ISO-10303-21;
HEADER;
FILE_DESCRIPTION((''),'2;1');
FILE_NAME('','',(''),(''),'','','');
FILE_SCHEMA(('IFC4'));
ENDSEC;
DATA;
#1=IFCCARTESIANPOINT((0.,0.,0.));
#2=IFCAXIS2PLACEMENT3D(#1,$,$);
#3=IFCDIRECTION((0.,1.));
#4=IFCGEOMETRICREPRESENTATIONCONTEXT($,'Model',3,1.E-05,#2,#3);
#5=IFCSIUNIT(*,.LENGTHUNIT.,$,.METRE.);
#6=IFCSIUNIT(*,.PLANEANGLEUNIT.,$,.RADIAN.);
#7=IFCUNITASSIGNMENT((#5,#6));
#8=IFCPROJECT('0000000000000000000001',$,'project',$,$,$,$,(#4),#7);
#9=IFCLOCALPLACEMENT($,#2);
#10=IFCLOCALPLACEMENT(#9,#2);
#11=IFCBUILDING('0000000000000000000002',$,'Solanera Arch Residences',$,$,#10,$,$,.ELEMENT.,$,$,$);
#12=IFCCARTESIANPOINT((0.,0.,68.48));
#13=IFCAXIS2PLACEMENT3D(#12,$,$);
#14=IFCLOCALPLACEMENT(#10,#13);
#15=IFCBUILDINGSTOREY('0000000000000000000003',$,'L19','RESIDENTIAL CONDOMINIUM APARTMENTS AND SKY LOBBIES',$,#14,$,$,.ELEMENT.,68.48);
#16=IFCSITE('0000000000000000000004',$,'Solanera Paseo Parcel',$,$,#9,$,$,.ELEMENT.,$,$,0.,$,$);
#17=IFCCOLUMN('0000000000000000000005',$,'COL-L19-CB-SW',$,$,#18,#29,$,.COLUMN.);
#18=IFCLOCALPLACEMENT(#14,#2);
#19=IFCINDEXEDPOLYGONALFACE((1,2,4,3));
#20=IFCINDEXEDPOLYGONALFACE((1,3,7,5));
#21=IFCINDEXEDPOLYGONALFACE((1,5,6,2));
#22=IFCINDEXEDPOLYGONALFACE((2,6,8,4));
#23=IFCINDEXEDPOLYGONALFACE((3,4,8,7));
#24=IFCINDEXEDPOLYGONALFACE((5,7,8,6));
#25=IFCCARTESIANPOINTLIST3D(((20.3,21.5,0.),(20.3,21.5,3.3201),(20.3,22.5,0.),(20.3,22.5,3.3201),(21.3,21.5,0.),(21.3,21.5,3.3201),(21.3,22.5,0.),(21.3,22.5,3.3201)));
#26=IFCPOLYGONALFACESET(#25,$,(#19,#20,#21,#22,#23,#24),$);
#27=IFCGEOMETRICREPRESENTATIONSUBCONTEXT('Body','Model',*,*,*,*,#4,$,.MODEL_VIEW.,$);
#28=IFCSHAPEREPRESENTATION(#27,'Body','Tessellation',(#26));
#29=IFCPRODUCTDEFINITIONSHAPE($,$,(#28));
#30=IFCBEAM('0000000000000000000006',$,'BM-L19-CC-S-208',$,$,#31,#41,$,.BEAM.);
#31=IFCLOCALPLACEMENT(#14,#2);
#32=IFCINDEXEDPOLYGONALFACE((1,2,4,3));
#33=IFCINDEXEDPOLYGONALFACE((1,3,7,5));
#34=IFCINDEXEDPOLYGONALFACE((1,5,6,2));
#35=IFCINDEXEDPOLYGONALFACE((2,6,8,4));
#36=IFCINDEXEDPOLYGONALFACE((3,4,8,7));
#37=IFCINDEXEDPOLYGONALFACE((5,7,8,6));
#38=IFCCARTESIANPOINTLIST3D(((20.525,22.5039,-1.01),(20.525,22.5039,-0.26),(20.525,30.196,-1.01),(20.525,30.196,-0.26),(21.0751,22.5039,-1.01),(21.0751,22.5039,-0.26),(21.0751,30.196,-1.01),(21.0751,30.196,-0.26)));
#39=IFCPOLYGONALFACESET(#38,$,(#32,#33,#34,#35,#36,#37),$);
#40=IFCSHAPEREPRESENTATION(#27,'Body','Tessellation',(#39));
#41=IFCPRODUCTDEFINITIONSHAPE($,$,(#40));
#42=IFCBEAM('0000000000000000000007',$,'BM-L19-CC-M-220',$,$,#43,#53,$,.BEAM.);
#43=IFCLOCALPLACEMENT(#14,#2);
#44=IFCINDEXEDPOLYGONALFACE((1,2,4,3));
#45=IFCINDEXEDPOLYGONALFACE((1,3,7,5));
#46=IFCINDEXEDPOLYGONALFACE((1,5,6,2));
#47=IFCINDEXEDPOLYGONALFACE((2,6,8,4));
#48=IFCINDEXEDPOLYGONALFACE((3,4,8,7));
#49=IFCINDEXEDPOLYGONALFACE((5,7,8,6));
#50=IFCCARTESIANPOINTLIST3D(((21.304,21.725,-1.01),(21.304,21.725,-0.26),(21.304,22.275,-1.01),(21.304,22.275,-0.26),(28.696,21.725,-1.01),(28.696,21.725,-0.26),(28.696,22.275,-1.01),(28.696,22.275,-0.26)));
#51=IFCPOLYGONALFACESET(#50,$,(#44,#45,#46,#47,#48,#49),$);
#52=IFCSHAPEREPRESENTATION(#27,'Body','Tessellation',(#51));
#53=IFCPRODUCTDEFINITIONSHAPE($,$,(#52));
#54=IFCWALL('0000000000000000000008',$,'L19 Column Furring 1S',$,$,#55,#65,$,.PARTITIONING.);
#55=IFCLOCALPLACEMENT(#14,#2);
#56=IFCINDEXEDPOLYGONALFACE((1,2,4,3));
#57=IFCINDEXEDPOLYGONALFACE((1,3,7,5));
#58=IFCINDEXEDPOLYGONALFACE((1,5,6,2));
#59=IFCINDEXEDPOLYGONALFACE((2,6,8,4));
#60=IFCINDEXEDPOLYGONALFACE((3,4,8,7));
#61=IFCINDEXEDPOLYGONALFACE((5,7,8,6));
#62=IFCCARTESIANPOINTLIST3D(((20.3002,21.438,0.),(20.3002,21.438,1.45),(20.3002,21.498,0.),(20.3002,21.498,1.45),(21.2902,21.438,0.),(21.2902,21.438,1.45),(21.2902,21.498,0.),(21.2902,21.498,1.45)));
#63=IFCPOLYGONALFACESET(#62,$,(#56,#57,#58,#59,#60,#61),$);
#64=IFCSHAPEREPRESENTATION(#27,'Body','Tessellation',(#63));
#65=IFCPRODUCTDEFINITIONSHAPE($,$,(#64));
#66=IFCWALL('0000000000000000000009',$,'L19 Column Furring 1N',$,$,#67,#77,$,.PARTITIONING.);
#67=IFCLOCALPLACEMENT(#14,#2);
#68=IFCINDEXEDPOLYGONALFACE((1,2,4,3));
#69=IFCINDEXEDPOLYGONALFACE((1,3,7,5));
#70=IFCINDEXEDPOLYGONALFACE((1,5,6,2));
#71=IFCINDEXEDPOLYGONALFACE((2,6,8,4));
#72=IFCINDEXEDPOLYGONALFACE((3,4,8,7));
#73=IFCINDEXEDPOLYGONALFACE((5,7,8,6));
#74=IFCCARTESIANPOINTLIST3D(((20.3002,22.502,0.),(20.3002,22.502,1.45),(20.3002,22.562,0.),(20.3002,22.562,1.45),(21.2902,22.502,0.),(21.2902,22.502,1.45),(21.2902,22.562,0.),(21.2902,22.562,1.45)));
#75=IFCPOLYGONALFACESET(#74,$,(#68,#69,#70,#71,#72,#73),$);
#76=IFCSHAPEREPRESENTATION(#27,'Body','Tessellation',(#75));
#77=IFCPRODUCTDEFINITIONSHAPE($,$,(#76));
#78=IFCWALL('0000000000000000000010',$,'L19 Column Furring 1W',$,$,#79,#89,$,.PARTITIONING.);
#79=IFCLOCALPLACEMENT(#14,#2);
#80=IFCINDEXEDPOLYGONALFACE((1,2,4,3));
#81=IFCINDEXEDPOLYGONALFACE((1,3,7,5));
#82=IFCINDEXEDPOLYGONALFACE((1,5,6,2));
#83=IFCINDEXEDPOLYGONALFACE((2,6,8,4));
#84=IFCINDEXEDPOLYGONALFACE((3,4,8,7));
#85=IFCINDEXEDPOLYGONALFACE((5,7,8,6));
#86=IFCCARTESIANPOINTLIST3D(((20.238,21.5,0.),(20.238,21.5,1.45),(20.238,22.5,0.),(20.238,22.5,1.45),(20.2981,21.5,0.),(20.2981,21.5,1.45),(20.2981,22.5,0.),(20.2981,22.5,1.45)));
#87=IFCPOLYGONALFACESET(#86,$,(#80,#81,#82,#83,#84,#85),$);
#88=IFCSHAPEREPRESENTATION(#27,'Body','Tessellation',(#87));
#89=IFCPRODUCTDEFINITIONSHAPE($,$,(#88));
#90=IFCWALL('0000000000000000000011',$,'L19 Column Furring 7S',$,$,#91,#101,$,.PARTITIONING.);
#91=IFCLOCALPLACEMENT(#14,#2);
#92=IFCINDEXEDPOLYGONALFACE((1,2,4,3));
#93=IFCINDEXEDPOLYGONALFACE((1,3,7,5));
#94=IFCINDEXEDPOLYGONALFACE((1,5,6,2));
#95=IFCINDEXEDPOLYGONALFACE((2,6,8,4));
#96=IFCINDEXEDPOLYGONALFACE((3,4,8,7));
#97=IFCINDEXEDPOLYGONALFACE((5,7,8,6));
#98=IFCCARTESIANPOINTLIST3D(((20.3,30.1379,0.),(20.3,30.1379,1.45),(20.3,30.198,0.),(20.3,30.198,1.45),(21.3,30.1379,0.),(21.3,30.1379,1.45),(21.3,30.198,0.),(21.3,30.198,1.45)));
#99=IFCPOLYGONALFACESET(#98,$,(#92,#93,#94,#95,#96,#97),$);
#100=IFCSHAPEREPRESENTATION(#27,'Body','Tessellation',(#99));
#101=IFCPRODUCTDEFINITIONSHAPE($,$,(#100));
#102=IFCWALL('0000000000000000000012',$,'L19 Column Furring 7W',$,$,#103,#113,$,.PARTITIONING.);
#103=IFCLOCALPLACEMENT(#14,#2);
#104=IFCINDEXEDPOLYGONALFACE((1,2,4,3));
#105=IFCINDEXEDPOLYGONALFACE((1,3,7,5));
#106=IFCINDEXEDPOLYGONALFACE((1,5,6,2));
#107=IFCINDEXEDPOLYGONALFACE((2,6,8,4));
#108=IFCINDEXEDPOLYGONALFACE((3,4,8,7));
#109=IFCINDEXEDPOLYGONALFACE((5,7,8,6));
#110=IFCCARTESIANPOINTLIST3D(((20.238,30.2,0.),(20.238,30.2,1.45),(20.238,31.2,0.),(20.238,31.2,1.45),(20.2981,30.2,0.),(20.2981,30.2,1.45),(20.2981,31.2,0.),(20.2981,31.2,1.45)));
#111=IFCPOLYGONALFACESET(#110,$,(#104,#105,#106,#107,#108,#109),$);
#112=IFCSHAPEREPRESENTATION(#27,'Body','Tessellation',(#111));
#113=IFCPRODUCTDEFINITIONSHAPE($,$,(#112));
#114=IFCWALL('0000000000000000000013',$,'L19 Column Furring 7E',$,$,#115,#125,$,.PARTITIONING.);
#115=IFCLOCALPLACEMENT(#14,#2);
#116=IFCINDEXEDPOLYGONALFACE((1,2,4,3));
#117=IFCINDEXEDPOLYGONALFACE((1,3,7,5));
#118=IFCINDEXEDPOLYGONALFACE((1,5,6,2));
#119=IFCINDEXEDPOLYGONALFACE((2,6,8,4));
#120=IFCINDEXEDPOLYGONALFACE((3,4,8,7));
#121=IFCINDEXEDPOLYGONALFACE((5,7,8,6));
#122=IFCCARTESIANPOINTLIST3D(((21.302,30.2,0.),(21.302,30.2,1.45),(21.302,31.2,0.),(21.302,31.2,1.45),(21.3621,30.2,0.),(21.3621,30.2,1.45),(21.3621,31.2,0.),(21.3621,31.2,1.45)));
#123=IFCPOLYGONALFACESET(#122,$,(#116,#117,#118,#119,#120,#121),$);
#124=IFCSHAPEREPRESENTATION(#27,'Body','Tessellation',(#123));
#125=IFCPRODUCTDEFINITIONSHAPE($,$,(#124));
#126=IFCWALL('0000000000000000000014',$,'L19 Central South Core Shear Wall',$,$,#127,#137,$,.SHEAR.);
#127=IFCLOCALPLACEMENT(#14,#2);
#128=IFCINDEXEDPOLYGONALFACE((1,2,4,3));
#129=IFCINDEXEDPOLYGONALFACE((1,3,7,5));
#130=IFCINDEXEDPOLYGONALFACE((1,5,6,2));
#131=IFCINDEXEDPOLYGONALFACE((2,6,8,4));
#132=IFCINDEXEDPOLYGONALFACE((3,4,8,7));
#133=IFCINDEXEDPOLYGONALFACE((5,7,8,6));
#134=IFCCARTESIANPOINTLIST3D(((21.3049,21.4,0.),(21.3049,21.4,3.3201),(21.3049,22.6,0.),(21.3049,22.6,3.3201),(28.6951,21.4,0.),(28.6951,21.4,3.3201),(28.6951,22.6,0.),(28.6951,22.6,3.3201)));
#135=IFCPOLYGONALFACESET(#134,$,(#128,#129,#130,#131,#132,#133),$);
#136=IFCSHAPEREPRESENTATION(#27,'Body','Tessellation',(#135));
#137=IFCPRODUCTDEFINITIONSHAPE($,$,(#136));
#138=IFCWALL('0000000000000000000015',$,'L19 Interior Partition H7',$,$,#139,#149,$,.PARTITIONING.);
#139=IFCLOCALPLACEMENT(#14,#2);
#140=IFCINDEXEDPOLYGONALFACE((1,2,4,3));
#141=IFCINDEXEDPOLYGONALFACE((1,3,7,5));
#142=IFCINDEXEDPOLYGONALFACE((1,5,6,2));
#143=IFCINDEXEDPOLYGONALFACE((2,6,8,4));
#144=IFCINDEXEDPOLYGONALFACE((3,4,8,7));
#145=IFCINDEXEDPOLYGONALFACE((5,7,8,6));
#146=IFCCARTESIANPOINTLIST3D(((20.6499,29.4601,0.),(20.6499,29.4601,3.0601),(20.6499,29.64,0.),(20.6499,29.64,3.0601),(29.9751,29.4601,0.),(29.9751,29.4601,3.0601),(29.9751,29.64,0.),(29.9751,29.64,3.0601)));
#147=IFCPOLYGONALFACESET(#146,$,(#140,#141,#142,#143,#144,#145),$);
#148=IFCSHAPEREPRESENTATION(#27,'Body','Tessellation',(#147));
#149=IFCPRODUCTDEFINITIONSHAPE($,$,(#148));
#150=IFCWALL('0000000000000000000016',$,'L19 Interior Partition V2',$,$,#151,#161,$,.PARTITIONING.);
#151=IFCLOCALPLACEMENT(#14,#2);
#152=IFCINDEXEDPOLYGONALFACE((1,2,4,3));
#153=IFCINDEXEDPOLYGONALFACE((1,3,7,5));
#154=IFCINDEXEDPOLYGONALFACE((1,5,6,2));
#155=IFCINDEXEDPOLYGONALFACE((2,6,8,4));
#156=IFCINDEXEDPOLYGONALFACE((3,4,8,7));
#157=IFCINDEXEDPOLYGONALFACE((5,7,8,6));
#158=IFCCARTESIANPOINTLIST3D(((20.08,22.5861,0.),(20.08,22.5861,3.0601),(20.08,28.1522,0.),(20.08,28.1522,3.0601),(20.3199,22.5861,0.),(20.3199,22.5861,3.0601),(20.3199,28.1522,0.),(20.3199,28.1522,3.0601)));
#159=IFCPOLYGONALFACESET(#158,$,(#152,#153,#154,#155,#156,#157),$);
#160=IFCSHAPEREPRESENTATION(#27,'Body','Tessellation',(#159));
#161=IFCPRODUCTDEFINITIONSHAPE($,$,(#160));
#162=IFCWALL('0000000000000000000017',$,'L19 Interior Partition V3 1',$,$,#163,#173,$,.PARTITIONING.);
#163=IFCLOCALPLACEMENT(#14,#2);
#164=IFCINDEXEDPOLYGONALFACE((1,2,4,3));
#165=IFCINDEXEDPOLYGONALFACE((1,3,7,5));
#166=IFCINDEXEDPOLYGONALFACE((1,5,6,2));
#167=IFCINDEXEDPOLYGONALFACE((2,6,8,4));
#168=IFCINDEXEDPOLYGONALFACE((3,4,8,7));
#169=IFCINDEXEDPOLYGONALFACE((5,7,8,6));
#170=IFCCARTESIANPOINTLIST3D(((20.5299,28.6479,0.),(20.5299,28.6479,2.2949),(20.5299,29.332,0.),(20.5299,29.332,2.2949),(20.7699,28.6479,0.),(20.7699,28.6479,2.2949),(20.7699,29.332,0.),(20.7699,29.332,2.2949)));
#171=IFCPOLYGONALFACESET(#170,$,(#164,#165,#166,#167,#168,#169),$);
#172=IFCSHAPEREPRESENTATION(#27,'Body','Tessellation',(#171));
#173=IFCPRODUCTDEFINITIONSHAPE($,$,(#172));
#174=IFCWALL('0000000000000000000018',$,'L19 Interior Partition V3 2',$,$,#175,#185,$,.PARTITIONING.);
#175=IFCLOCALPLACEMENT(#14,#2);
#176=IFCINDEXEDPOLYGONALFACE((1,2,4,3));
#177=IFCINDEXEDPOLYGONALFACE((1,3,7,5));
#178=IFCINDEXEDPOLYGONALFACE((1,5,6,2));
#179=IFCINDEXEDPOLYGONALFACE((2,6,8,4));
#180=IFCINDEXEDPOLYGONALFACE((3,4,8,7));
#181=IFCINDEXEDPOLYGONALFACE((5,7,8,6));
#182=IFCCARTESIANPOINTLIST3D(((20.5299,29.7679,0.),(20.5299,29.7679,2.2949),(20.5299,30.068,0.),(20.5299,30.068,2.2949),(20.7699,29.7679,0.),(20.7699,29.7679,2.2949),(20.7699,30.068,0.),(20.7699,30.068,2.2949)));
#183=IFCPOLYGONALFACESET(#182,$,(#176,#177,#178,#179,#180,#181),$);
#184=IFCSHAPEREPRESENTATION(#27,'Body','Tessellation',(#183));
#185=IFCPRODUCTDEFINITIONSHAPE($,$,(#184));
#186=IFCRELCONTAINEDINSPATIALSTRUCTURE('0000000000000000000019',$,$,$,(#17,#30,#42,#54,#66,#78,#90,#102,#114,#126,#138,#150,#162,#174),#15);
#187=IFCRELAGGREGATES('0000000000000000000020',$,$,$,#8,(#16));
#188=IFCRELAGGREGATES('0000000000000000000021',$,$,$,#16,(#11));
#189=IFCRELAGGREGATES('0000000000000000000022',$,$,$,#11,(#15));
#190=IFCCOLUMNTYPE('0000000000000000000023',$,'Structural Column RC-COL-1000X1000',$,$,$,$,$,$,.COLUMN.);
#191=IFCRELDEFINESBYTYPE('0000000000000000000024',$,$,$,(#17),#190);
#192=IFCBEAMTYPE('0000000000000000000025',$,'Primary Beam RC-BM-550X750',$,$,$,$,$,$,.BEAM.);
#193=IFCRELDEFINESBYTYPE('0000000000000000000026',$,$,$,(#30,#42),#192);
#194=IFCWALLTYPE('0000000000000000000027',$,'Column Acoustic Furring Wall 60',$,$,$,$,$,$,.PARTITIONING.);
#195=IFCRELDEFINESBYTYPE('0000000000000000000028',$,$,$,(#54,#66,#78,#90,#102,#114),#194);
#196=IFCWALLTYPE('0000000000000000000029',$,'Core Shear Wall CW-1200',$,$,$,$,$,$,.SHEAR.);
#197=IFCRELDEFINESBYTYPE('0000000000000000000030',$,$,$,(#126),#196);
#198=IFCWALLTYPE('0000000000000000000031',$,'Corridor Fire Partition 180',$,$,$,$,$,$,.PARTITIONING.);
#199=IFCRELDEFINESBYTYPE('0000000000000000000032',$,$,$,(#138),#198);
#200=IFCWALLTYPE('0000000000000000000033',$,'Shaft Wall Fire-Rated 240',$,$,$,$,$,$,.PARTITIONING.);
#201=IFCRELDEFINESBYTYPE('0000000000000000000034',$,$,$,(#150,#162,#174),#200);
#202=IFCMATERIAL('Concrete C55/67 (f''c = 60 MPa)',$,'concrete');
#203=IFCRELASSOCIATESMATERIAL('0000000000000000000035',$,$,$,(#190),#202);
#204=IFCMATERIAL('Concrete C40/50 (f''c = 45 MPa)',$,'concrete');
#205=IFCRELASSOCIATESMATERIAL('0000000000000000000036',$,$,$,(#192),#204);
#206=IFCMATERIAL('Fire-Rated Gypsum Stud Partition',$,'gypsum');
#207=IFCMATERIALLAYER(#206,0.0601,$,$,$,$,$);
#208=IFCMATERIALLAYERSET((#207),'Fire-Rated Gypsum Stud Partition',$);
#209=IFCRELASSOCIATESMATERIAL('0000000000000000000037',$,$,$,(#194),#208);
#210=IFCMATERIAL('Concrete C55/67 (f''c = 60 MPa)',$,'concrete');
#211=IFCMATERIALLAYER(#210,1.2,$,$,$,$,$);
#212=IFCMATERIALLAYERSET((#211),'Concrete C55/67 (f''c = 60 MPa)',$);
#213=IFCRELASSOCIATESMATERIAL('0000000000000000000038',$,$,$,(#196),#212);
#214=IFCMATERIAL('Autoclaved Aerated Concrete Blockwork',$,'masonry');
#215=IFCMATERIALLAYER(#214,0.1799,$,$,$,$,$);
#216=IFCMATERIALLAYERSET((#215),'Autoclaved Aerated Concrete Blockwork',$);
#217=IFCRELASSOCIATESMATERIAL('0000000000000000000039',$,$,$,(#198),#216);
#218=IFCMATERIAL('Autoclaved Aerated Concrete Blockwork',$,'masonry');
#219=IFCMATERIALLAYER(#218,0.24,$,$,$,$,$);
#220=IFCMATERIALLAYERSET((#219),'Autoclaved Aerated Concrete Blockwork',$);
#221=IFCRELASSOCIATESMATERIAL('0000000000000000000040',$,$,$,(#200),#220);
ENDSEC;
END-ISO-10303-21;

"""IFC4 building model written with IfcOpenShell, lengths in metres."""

from ifc_helpers import new_model, si_unit, direction, frame, frame_2d, origin, origin_2d, place, context, subcontext, project, spatial, rectangle, extrude, material, layer, layer_set, material_profile, profile_set, type_object, element, save


model = new_model("IFC4")

# Units and contexts
model_context = context("Model", 3, precision=1e-05, world=origin(), true_north=direction((0.0, 1.0)))
body_context = subcontext(model_context, "Body", "Model", "MODEL_VIEW")
ifc_project = project(units=[si_unit("LENGTHUNIT", "METRE"), si_unit("PLANEANGLEUNIT", "RADIAN")], contexts=[model_context])

# Site, building, storey
site_placement = place(None, origin())
site = spatial("IfcSite", under=ifc_project, at=site_placement, Name="Solanera Paseo Parcel", CompositionType="ELEMENT", RefElevation=0.0)
building_placement = place(site_placement, origin())
building = spatial("IfcBuilding", under=site, at=building_placement, Name="Solanera Arch Residences", CompositionType="ELEMENT")
storey_placement = place(building_placement, frame((0.0, 0.0, 68.48)))
storey = spatial("IfcBuildingStorey", under=building, at=storey_placement, Name="L19", Description="RESIDENTIAL CONDOMINIUM APARTMENTS AND SKY LOBBIES", CompositionType="ELEMENT", Elevation=68.48)

# Column
ifc_material_1 = material(Name="Concrete C55/67 (f'c = 60 MPa)", Category="concrete")
ifc_material_profile_1 = material_profile(ifc_material_1, rectangle(XDim=1.0, YDim=1.0, at=origin_2d()))
ifc_profile_set_1 = profile_set([ifc_material_profile_1], Name="Concrete C55/67 (f'c = 60 MPa)")
column_type = type_object("IfcColumnType", Name="Structural Column RC-COL-1000X1000", PredefinedType="COLUMN", material=ifc_profile_set_1)
column_placement = place(storey_placement, frame((20.8, 22.0, 0.0), z_axis=(0.0, 0.0, 1.0), x_axis=(1.0, 0.0, 0.0)))
element("IfcColumn", 1, at=column_placement, inside=storey, type_object=column_type, Name="COL-L19-CB-SW", PredefinedType="COLUMN", context=body_context, shape_type="SweptSolid", body=[
    extrude(rectangle(XDim=1.0, YDim=1.0, at=origin_2d()), origin(), (0.0, 0.0, 1.0), 3.3201),
])

# Beams
ifc_material_2 = material(Name="Concrete C40/50 (f'c = 45 MPa)", Category="concrete")
ifc_material_profile_2 = material_profile(ifc_material_2, rectangle(XDim=0.55, YDim=0.75, at=origin_2d()))
ifc_profile_set_2 = profile_set([ifc_material_profile_2], Name="Concrete C40/50 (f'c = 45 MPa)")
beam_type = type_object("IfcBeamType", Name="Primary Beam RC-BM-550X750", PredefinedType="BEAM", material=ifc_profile_set_2)
beam_1_placement = place(storey_placement, frame((20.8, 22.5039, -0.635), z_axis=(0.0, 1.0, 0.0), x_axis=(-1.0, 0.0, 0.0)))
element("IfcBeam", 2, at=beam_1_placement, inside=storey, type_object=beam_type, Name="BM-L19-CC-S-208", PredefinedType="BEAM", context=body_context, shape_type="SweptSolid", body=[
    extrude(rectangle(XDim=0.55, YDim=0.75, at=origin_2d()), origin(), (0.0, 0.0, 1.0), 7.6921),
])
beam_2_placement = place(storey_placement, frame((21.304, 22.0, -0.635), z_axis=(1.0, 0.0, 0.0), x_axis=(0.0, 1.0, 0.0)))
element("IfcBeam", 3, at=beam_2_placement, inside=storey, type_object=beam_type, Name="BM-L19-CC-M-220", PredefinedType="BEAM", context=body_context, shape_type="SweptSolid", body=[
    extrude(rectangle(XDim=0.55, YDim=0.75, at=origin_2d()), origin(), (0.0, 0.0, 1.0), 7.3921),
])

# Walls
ifc_material_3 = material(Name="Fire-Rated Gypsum Stud Partition", Category="gypsum")
ifc_layer_1 = layer(ifc_material_3, 0.0601)
ifc_layer_set_1 = layer_set([ifc_layer_1], Name="Fire-Rated Gypsum Stud Partition")
wall_type_1 = type_object("IfcWallType", Name="Column Acoustic Furring Wall 60", PredefinedType="PARTITIONING", material=ifc_layer_set_1)
for number, where, z_axis, x_axis, name in (
    (4, (20.3, 21.468, 0.0), (0.0, 0.0, 1.0), (1.0, 0.0, 0.0), "L19 Column Furring 1S"),
    (5, (20.3, 22.532, 0.0), (0.0, 0.0, 1.0), (1.0, 0.0, 0.0), "L19 Column Furring 1N"),
):
    element("IfcWall", number, at=place(storey_placement, frame(where, z_axis=z_axis, x_axis=x_axis)), inside=storey, type_object=wall_type_1, Name=name, PredefinedType="PARTITIONING", context=body_context, shape_type="SweptSolid", body=[
        extrude(rectangle(XDim=0.99, YDim=0.0601, at=frame_2d((0.4951, 0.0))), origin(), (0.0, 0.0, 1.0), 1.45),
    ])
for number, where, z_axis, x_axis, name in (
    (6, (20.2681, 21.5, 0.0), (0.0, 0.0, 1.0), (0.0, 1.0, 0.0), "L19 Column Furring 1W"),
    (7, (20.3, 30.168, 0.0), (0.0, 0.0, 1.0), (1.0, 0.0, 0.0), "L19 Column Furring 7S"),
    (8, (20.2681, 30.2, 0.0), (0.0, 0.0, 1.0), (0.0, 1.0, 0.0), "L19 Column Furring 7W"),
    (9, (21.332, 30.2, 0.0), (0.0, 0.0, 1.0), (0.0, 1.0, 0.0), "L19 Column Furring 7E"),
):
    element("IfcWall", number, at=place(storey_placement, frame(where, z_axis=z_axis, x_axis=x_axis)), inside=storey, type_object=wall_type_1, Name=name, PredefinedType="PARTITIONING", context=body_context, shape_type="SweptSolid", body=[
        extrude(rectangle(XDim=1.0, YDim=0.0601, at=frame_2d((0.5, 0.0))), origin(), (0.0, 0.0, 1.0), 1.45),
    ])
ifc_material_4 = material(Name="Concrete C55/67 (f'c = 60 MPa)", Category="concrete")
ifc_layer_2 = layer(ifc_material_4, 1.2)
ifc_layer_set_2 = layer_set([ifc_layer_2], Name="Concrete C55/67 (f'c = 60 MPa)")
wall_type_2 = type_object("IfcWallType", Name="Core Shear Wall CW-1200", PredefinedType="SHEAR", material=ifc_layer_set_2)
wall_1_placement = place(storey_placement, frame((21.3049, 22.0, 0.0), z_axis=(0.0, 0.0, 1.0), x_axis=(1.0, 0.0, 0.0)))
element("IfcWall", 10, at=wall_1_placement, inside=storey, type_object=wall_type_2, Name="L19 Central South Core Shear Wall", PredefinedType="SHEAR", context=body_context, shape_type="SweptSolid", body=[
    extrude(rectangle(XDim=7.3901, YDim=1.2, at=frame_2d((3.6951, 0.0))), origin(), (0.0, 0.0, 1.0), 3.3201),
])

# Wall
ifc_material_5 = material(Name="Autoclaved Aerated Concrete Blockwork", Category="masonry")
ifc_layer_3 = layer(ifc_material_5, 0.1799)
ifc_layer_set_3 = layer_set([ifc_layer_3], Name="Autoclaved Aerated Concrete Blockwork")
wall_type_3 = type_object("IfcWallType", Name="Corridor Fire Partition 180", PredefinedType="PARTITIONING", material=ifc_layer_set_3)
wall_2_placement = place(storey_placement, frame((20.6499, 29.55, 0.0), z_axis=(0.0, 0.0, 1.0), x_axis=(1.0, 0.0, 0.0)))
element("IfcWall", 11, at=wall_2_placement, inside=storey, type_object=wall_type_3, Name="L19 Interior Partition H7", PredefinedType="PARTITIONING", context=body_context, shape_type="SweptSolid", body=[
    extrude(rectangle(XDim=9.3252, YDim=0.1799, at=frame_2d((4.6626, 0.0))), origin(), (0.0, 0.0, 1.0), 3.0601),
])

# Shared definitions
ifc_material_6 = material(Name="Autoclaved Aerated Concrete Blockwork", Category="masonry")
ifc_layer_4 = layer(ifc_material_6, 0.24)
ifc_layer_set_4 = layer_set([ifc_layer_4], Name="Autoclaved Aerated Concrete Blockwork")
wall_type_4 = type_object("IfcWallType", Name="Shaft Wall Fire-Rated 240", PredefinedType="PARTITIONING", material=ifc_layer_set_4)

# Walls
wall_3_placement = place(storey_placement, frame((20.2, 22.5859, 0.0), z_axis=(0.0, 0.0, 1.0), x_axis=(0.0, 1.0, 0.0)))
element("IfcWall", 12, at=wall_3_placement, inside=storey, type_object=wall_type_4, Name="L19 Interior Partition V2", PredefinedType="PARTITIONING", context=body_context, shape_type="SweptSolid", body=[
    extrude(rectangle(XDim=5.5662, YDim=0.24, at=frame_2d((2.7832, 0.0))), origin(), (0.0, 0.0, 1.0), 3.0601),
])
wall_4_placement = place(storey_placement, frame((20.6499, 28.6479, 0.0), z_axis=(0.0, 0.0, 1.0), x_axis=(0.0, 1.0, 0.0)))
element("IfcWall", 13, at=wall_4_placement, inside=storey, type_object=wall_type_4, Name="L19 Interior Partition V3 1", PredefinedType="PARTITIONING", context=body_context, shape_type="SweptSolid", body=[
    extrude(rectangle(XDim=0.6841, YDim=0.24, at=frame_2d((0.342, 0.0))), origin(), (0.0, 0.0, 1.0), 2.2949),
])
wall_5_placement = place(storey_placement, frame((20.6499, 29.7681, 0.0), z_axis=(0.0, 0.0, 1.0), x_axis=(0.0, 1.0, 0.0)))
element("IfcWall", 14, at=wall_5_placement, inside=storey, type_object=wall_type_4, Name="L19 Interior Partition V3 2", PredefinedType="PARTITIONING", context=body_context, shape_type="SweptSolid", body=[
    extrude(rectangle(XDim=0.3, YDim=0.24, at=frame_2d((0.1499, 0.0))), origin(), (0.0, 0.0, 1.0), 2.2949),
])

save(model, "model.ifc")
